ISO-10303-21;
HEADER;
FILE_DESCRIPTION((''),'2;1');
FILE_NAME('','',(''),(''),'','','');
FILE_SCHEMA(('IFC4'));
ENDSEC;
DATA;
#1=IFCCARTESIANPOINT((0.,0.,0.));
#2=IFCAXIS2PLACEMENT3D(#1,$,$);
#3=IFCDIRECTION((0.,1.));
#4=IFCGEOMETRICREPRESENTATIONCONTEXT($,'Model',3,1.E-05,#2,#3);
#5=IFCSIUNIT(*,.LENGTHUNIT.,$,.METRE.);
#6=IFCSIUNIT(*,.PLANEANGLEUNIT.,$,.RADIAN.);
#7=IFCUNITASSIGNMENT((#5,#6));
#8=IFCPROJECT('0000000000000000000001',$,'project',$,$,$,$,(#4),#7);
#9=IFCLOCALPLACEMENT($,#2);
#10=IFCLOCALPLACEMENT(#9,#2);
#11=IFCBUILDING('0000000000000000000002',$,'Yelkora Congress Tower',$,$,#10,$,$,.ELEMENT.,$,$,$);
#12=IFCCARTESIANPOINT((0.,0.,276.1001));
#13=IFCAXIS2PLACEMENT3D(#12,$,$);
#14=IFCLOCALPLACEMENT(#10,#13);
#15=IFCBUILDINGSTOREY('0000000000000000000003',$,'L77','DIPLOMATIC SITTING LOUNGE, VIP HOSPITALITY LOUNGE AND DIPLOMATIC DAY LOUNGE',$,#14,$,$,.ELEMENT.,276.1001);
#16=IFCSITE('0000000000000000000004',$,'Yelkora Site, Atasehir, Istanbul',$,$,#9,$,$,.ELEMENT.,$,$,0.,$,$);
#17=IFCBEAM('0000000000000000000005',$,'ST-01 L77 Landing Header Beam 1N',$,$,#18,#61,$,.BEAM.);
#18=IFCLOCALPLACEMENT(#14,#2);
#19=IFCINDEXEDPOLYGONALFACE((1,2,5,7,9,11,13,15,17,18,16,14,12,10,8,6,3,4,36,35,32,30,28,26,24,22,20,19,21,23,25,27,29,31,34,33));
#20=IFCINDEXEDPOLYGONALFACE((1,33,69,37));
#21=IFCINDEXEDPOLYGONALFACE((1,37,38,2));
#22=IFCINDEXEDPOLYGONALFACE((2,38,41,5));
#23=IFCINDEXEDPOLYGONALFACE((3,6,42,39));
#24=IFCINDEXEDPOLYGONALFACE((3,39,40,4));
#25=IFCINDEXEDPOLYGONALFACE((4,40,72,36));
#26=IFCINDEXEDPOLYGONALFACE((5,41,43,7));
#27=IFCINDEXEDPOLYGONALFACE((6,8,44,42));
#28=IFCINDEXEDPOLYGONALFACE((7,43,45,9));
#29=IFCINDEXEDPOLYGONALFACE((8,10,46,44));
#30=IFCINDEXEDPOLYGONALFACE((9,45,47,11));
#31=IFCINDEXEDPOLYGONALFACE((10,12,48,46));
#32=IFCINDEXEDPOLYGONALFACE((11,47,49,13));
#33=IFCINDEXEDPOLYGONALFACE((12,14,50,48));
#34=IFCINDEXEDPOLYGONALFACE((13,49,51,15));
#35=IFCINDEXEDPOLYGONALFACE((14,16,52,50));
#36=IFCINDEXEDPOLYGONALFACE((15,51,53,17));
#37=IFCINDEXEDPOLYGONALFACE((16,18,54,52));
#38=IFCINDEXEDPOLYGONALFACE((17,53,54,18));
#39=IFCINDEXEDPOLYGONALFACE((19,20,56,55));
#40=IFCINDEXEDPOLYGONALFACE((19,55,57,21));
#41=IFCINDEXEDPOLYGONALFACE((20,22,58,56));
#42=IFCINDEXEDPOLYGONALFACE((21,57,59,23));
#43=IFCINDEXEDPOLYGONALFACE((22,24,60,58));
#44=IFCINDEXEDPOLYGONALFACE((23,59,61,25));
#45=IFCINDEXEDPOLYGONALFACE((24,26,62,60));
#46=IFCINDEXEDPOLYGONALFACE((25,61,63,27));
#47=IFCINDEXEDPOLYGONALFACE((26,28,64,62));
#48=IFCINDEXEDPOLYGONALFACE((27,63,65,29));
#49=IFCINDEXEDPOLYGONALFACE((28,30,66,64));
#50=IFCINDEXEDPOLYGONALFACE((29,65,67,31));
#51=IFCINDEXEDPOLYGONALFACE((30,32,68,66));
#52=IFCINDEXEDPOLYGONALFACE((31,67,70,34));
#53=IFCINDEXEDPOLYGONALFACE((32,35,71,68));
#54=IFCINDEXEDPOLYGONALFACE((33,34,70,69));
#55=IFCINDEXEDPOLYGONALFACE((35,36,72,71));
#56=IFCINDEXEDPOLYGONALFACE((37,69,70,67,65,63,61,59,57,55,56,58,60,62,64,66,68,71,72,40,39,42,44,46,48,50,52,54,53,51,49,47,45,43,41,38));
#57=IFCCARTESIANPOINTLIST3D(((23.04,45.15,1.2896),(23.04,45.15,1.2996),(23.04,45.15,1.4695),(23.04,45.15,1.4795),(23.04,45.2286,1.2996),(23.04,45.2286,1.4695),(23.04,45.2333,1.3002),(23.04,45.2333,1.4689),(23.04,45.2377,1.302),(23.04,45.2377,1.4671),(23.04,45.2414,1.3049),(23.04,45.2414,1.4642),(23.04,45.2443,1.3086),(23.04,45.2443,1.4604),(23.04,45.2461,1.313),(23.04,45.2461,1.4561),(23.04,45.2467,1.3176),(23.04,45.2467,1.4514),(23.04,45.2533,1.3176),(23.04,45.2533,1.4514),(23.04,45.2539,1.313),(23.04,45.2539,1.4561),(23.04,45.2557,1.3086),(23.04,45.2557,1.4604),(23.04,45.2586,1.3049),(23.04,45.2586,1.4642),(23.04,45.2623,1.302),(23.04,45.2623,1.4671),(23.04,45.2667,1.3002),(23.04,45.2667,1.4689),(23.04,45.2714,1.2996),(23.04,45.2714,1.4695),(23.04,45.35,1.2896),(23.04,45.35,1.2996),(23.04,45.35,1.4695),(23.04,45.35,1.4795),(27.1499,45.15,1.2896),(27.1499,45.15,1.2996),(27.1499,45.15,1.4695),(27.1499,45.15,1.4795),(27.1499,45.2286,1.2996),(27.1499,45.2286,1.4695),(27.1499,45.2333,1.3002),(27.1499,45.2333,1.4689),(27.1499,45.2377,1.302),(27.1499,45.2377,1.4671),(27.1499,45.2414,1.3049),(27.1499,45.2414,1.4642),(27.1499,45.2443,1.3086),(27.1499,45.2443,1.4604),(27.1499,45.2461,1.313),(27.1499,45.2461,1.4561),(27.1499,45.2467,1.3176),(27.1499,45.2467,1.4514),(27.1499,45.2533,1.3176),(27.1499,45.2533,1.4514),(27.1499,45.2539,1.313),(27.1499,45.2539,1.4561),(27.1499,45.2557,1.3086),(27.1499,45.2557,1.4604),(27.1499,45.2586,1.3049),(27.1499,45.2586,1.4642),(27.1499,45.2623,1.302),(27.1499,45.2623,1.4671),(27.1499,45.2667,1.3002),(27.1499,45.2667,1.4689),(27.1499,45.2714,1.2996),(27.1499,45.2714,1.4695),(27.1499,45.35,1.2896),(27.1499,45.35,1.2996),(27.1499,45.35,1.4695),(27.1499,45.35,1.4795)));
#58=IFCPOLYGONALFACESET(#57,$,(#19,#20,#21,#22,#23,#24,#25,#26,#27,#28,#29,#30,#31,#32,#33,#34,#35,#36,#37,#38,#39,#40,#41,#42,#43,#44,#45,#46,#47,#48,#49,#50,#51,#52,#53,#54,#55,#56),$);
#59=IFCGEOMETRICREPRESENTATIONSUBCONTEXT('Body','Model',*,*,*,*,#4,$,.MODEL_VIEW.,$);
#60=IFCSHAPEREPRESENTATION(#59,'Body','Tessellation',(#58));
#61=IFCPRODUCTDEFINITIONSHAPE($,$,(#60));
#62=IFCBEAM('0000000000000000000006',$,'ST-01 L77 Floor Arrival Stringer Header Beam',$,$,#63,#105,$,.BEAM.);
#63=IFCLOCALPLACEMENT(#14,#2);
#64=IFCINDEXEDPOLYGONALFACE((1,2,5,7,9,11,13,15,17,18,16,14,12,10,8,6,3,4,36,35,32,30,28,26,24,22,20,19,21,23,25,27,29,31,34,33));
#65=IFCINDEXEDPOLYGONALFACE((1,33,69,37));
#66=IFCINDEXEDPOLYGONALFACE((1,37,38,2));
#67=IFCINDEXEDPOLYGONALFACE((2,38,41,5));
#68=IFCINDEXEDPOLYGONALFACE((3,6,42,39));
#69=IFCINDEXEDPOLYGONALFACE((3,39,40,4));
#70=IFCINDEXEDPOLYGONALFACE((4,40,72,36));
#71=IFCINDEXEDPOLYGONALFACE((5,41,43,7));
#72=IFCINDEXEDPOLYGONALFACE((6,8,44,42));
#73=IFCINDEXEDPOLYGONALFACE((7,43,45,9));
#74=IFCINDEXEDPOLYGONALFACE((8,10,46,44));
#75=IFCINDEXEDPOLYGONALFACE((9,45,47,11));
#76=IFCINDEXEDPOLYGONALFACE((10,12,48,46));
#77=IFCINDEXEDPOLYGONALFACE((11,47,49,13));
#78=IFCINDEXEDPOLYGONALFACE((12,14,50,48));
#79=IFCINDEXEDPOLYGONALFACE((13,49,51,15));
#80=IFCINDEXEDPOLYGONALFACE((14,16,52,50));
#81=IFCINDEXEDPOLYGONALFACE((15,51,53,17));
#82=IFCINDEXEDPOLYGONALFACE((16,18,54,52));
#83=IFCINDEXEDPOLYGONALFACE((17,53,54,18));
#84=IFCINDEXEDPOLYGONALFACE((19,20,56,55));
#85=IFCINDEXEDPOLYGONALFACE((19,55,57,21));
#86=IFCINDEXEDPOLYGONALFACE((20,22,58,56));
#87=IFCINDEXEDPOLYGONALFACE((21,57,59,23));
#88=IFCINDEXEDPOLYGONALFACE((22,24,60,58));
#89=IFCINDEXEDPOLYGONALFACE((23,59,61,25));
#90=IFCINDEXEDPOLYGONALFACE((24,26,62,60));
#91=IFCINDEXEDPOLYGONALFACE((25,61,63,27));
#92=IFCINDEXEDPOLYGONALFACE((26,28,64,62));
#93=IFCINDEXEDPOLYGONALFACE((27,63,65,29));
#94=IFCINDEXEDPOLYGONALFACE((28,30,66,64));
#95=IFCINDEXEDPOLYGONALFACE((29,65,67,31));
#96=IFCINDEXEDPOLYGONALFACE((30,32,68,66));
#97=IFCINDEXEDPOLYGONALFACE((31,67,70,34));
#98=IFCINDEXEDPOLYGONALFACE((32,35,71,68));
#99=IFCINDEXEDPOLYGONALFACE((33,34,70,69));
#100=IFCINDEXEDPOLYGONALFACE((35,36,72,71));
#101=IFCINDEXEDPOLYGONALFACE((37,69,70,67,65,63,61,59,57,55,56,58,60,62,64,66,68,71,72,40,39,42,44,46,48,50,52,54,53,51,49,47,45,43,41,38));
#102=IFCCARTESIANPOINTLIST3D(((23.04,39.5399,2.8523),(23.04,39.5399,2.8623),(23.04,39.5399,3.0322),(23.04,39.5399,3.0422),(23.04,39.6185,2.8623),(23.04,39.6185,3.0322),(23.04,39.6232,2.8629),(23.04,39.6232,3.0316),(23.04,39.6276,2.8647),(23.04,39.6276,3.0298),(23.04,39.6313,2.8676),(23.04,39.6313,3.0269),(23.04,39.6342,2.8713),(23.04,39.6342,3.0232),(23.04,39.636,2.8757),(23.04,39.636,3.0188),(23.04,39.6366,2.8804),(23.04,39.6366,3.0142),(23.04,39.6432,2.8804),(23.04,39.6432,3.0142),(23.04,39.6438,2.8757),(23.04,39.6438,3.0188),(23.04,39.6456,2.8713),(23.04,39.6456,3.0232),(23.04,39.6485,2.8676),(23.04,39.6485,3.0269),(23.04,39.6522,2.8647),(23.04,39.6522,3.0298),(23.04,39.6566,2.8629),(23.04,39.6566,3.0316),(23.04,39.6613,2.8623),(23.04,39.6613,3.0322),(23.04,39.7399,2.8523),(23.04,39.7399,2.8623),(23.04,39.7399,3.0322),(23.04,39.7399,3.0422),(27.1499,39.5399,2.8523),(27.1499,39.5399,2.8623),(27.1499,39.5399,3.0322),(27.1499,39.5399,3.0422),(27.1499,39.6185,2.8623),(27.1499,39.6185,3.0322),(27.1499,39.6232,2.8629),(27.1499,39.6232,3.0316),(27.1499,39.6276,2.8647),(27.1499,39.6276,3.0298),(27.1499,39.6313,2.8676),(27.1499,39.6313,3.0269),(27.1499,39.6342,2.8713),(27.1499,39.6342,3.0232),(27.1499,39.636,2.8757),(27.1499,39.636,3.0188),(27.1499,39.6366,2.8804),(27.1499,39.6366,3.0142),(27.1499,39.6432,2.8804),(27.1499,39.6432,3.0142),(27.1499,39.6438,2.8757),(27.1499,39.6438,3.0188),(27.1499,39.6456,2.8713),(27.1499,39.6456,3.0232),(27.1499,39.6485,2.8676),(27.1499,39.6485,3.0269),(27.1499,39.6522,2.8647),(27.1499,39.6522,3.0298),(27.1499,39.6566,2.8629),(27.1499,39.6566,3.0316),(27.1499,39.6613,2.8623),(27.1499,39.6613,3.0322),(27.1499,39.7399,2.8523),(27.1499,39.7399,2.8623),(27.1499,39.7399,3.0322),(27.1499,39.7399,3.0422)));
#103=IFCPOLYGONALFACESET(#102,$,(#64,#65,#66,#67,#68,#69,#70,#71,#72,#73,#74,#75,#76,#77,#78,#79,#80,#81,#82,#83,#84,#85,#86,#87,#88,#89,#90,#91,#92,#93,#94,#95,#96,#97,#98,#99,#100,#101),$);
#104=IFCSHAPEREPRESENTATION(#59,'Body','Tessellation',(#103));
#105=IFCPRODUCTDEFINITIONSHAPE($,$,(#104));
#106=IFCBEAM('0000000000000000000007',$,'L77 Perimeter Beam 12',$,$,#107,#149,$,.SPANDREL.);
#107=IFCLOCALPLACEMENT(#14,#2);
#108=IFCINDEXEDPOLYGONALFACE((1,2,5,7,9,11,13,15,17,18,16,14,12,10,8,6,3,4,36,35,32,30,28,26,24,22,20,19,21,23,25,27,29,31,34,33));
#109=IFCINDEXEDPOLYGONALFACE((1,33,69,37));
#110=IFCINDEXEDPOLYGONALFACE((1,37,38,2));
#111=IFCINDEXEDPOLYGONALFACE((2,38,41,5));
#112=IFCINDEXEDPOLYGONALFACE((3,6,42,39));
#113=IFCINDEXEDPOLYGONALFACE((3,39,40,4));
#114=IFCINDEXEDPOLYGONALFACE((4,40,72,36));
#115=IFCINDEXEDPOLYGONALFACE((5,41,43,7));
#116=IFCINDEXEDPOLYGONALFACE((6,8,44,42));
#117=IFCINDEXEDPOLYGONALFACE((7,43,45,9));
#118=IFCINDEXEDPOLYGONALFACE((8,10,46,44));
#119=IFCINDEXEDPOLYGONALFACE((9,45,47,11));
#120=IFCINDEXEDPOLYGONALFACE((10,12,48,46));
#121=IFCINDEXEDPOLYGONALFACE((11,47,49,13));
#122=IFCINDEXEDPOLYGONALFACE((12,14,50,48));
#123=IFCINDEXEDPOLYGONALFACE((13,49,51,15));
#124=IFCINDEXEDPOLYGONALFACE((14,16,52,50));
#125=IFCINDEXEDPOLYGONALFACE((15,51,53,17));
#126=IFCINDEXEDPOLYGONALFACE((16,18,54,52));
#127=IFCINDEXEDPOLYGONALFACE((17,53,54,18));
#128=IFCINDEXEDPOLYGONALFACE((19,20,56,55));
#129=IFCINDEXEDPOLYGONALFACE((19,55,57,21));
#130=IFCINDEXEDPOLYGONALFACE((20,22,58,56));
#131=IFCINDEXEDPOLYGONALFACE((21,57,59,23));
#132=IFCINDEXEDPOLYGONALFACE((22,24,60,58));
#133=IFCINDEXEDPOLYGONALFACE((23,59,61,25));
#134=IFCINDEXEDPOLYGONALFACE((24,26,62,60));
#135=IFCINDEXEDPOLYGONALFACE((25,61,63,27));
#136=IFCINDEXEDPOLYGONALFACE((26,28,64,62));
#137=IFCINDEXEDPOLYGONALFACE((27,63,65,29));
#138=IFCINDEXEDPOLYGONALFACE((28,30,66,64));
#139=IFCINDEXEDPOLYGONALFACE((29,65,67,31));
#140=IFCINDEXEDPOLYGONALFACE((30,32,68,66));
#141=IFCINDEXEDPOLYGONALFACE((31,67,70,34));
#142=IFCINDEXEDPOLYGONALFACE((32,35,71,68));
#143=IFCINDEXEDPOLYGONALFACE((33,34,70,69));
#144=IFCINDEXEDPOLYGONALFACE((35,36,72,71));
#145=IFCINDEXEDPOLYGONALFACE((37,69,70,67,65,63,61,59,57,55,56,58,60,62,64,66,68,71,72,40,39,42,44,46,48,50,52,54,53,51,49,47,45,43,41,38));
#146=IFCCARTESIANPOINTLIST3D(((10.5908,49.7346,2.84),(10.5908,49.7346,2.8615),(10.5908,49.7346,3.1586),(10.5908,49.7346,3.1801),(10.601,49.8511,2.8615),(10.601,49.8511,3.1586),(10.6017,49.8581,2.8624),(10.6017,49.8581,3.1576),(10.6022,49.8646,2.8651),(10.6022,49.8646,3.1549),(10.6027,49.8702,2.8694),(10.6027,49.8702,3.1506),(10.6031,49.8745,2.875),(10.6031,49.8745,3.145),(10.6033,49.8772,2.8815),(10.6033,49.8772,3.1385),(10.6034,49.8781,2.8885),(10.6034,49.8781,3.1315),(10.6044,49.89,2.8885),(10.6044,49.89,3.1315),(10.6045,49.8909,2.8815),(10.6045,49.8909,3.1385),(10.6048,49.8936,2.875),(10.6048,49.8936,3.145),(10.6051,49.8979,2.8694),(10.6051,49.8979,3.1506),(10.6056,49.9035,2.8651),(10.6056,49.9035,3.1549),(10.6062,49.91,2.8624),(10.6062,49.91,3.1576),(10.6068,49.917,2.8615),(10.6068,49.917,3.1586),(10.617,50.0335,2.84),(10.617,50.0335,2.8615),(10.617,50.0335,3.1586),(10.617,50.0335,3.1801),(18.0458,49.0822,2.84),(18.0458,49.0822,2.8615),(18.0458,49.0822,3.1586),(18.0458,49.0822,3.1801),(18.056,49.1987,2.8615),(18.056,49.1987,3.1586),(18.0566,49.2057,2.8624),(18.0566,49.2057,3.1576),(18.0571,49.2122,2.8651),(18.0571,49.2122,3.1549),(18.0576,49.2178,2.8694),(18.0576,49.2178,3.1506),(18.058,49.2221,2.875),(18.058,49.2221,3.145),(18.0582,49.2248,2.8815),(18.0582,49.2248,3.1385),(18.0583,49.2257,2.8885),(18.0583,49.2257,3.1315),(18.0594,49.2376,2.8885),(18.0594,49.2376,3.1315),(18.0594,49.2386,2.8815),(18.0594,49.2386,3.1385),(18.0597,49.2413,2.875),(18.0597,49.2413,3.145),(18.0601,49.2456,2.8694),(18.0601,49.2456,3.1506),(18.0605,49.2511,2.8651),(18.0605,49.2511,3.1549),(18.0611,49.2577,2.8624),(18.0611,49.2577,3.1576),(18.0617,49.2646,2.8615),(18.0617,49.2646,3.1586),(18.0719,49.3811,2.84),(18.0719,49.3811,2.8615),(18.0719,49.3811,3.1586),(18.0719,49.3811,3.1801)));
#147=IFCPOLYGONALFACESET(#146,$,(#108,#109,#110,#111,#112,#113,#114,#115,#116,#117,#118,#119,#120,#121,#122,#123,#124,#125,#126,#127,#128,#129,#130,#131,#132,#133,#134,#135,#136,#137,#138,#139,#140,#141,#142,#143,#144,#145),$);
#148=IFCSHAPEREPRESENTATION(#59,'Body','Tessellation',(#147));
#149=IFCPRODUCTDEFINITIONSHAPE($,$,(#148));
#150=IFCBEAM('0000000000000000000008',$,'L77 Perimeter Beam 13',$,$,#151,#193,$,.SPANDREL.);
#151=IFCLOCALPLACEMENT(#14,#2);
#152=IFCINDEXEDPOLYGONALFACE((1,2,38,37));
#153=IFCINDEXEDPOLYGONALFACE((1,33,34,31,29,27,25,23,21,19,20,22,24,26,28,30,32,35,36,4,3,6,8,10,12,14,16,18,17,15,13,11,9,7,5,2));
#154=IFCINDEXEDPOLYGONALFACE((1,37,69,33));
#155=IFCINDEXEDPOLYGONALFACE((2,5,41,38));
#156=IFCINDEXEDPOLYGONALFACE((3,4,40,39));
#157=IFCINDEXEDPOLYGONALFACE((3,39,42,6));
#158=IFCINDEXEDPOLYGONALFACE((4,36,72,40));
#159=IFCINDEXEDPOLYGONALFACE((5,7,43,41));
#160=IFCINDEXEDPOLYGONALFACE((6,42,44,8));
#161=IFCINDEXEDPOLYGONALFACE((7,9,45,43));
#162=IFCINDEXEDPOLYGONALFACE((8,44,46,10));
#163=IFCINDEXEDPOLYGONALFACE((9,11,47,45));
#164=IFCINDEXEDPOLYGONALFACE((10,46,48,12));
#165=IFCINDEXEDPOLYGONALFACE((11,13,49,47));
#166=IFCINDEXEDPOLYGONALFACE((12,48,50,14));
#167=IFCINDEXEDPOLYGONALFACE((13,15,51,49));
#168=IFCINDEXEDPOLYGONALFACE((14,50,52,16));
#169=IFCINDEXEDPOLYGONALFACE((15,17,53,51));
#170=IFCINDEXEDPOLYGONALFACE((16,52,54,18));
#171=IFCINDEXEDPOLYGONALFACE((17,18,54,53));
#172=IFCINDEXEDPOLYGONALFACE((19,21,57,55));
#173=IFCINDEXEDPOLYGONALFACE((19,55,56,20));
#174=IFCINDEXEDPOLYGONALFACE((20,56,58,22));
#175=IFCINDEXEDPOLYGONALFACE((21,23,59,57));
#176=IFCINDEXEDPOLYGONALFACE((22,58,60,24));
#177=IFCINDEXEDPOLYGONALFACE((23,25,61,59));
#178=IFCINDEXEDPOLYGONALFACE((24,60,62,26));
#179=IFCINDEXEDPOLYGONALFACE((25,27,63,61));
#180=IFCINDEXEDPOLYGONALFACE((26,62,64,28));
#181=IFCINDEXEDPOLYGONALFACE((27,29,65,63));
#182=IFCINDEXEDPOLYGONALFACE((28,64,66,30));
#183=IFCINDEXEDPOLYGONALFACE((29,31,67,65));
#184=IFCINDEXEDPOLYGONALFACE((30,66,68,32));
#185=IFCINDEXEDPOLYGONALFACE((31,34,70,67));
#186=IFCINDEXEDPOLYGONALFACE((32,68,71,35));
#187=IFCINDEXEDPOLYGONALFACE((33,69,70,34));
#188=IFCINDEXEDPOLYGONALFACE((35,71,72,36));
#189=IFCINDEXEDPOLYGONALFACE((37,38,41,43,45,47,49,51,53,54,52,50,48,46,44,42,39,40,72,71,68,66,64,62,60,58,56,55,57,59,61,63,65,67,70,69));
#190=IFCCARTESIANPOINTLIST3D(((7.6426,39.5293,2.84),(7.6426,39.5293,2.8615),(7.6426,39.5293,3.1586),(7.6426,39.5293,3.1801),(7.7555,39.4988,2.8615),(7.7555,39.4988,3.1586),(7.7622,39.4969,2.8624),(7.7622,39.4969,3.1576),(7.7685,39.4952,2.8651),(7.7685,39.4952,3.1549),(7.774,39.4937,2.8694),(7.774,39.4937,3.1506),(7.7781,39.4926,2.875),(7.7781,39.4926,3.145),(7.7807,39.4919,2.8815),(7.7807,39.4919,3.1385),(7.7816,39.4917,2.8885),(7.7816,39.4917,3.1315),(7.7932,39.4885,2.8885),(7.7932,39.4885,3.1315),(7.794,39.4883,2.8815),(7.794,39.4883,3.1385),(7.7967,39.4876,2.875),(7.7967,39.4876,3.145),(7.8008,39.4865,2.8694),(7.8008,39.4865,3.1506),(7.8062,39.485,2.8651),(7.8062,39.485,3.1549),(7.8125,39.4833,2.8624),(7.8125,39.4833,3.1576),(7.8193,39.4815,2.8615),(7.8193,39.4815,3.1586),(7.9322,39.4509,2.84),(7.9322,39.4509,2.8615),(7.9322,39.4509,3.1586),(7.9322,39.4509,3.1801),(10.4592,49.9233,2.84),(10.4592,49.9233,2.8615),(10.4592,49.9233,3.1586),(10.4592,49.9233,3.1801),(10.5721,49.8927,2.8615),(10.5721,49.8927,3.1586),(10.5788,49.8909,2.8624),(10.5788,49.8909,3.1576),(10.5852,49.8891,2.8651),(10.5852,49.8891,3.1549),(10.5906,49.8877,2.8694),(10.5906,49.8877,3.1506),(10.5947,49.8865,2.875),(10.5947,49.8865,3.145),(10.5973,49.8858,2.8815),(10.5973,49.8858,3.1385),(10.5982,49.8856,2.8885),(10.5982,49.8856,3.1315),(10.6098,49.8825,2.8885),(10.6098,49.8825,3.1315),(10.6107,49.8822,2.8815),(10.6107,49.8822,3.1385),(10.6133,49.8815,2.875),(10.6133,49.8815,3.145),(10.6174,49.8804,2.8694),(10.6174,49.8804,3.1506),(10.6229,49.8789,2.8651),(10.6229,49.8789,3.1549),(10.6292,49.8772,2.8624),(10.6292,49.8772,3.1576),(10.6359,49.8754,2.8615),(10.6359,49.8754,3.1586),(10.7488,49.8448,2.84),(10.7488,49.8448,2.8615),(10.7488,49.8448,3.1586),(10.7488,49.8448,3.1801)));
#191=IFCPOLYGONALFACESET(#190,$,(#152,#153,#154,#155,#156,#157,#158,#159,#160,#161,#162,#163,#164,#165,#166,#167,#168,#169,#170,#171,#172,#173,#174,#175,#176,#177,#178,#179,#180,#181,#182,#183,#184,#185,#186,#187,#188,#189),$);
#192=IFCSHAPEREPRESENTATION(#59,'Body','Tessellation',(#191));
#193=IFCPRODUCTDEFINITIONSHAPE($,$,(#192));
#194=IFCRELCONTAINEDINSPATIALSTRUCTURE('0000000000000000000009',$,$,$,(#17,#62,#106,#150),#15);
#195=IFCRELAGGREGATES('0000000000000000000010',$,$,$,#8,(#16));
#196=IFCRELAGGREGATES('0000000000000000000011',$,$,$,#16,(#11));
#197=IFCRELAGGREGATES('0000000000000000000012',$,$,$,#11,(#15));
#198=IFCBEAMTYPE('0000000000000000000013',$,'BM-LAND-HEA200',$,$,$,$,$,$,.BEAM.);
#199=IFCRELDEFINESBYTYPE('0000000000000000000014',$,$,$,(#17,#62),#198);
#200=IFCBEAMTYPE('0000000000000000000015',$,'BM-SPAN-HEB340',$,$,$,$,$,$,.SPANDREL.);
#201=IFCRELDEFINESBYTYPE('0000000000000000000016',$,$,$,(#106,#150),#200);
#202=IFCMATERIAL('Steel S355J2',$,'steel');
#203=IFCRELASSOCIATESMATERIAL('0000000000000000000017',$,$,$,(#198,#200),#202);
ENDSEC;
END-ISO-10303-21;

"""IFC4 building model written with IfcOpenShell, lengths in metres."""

from ifc_helpers import new_model, si_unit, direction, frame, origin, origin_2d, place, context, subcontext, project, spatial, i_section, extrude, material, material_profile, profile_set, type_object, element, save


model = new_model("IFC4")

# Units and contexts
model_context = context("Model", 3, precision=1e-05, world=origin(), true_north=direction((0.0, 1.0)))
body_context = subcontext(model_context, "Body", "Model", "MODEL_VIEW")
ifc_project = project(units=[si_unit("LENGTHUNIT", "METRE"), si_unit("PLANEANGLEUNIT", "RADIAN")], contexts=[model_context])

# Site, building, storey
site_placement = place(None, origin())
site = spatial("IfcSite", under=ifc_project, at=site_placement, Name="Yelkora Site, Atasehir, Istanbul", CompositionType="ELEMENT", RefElevation=0.0)
building_placement = place(site_placement, origin())
building = spatial("IfcBuilding", under=site, at=building_placement, Name="Yelkora Congress Tower", CompositionType="ELEMENT")
storey_placement = place(building_placement, frame((0.0, 0.0, 276.1001)))
storey = spatial("IfcBuildingStorey", under=building, at=storey_placement, Name="L77", Description="DIPLOMATIC SITTING LOUNGE, VIP HOSPITALITY LOUNGE AND DIPLOMATIC DAY LOUNGE", CompositionType="ELEMENT", Elevation=276.1001)

# Shared definitions
ifc_material_1 = material(Name="Steel S355J2", Category="steel")

# Beams
ifc_material_profile_1 = material_profile(ifc_material_1, i_section(OverallWidth=0.2, OverallDepth=0.1899, WebThickness=0.0066, FlangeThickness=0.01, FilletRadius=0.0181, at=origin_2d()), Name="HEA 200")
ifc_profile_set_1 = profile_set([ifc_material_profile_1], Name="Steel S355J2")
beam_type_1 = type_object("IfcBeamType", Name="BM-LAND-HEA200", PredefinedType="BEAM", material=ifc_profile_set_1)
for number, where, z_axis, x_axis, name in (
    (1, (23.04, 45.25, 1.3845), (1.0, 0.0, 0.0), (0.0, 1.0, 0.0), "ST-01 L77 Landing Header Beam 1N"),
    (2, (23.04, 39.6399, 2.9473), (1.0, 0.0, 0.0), (0.0, 1.0, 0.0), "ST-01 L77 Floor Arrival Stringer Header Beam"),
):
    element("IfcBeam", number, at=place(storey_placement, frame(where, z_axis=z_axis, x_axis=x_axis)), inside=storey, type_object=beam_type_1, Name=name, PredefinedType="BEAM", context=body_context, shape_type="SweptSolid", body=[
        extrude(i_section(OverallWidth=0.2, OverallDepth=0.1899, WebThickness=0.0066, FlangeThickness=0.01, FilletRadius=0.0181, at=origin_2d()), origin(), (0.0, 0.0, 1.0), 4.1099),
    ])
ifc_material_profile_2 = material_profile(ifc_material_1, i_section(OverallWidth=0.3, OverallDepth=0.3401, WebThickness=0.012, FlangeThickness=0.0215, FilletRadius=0.0271, at=origin_2d()), Name="HEB 340")
ifc_profile_set_2 = profile_set([ifc_material_profile_2], Name="Steel S355J2")
beam_type_2 = type_object("IfcBeamType", Name="BM-SPAN-HEB340", PredefinedType="SPANDREL", material=ifc_profile_set_2)
beam_1_placement = place(storey_placement, frame((18.0588, 49.2317, 3.01), z_axis=(-0.996193, 0.087173, 0.0), x_axis=(-0.087173, -0.996193, 0.0)))
element("IfcBeam", 3, at=beam_1_placement, inside=storey, type_object=beam_type_2, Name="L77 Perimeter Beam 12", PredefinedType="SPANDREL", context=body_context, shape_type="SweptSolid", body=[
    extrude(i_section(OverallWidth=0.3, OverallDepth=0.3401, WebThickness=0.012, FlangeThickness=0.0215, FilletRadius=0.0271, at=origin_2d()), origin(), (0.0, 0.0, 1.0), 7.4834),
])
beam_2_placement = place(storey_placement, frame((10.604, 49.884, 3.01), z_axis=(-0.261554, -0.965189, 0.0), x_axis=(0.965189, -0.261554, 0.0)))
element("IfcBeam", 4, at=beam_2_placement, inside=storey, type_object=beam_type_2, Name="L77 Perimeter Beam 13", PredefinedType="SPANDREL", context=body_context, shape_type="SweptSolid", body=[
    extrude(i_section(OverallWidth=0.3, OverallDepth=0.3401, WebThickness=0.012, FlangeThickness=0.0215, FilletRadius=0.0271, at=origin_2d()), origin(), (0.0, 0.0, 1.0), 10.7688),
])

save(model, "model.ifc")
